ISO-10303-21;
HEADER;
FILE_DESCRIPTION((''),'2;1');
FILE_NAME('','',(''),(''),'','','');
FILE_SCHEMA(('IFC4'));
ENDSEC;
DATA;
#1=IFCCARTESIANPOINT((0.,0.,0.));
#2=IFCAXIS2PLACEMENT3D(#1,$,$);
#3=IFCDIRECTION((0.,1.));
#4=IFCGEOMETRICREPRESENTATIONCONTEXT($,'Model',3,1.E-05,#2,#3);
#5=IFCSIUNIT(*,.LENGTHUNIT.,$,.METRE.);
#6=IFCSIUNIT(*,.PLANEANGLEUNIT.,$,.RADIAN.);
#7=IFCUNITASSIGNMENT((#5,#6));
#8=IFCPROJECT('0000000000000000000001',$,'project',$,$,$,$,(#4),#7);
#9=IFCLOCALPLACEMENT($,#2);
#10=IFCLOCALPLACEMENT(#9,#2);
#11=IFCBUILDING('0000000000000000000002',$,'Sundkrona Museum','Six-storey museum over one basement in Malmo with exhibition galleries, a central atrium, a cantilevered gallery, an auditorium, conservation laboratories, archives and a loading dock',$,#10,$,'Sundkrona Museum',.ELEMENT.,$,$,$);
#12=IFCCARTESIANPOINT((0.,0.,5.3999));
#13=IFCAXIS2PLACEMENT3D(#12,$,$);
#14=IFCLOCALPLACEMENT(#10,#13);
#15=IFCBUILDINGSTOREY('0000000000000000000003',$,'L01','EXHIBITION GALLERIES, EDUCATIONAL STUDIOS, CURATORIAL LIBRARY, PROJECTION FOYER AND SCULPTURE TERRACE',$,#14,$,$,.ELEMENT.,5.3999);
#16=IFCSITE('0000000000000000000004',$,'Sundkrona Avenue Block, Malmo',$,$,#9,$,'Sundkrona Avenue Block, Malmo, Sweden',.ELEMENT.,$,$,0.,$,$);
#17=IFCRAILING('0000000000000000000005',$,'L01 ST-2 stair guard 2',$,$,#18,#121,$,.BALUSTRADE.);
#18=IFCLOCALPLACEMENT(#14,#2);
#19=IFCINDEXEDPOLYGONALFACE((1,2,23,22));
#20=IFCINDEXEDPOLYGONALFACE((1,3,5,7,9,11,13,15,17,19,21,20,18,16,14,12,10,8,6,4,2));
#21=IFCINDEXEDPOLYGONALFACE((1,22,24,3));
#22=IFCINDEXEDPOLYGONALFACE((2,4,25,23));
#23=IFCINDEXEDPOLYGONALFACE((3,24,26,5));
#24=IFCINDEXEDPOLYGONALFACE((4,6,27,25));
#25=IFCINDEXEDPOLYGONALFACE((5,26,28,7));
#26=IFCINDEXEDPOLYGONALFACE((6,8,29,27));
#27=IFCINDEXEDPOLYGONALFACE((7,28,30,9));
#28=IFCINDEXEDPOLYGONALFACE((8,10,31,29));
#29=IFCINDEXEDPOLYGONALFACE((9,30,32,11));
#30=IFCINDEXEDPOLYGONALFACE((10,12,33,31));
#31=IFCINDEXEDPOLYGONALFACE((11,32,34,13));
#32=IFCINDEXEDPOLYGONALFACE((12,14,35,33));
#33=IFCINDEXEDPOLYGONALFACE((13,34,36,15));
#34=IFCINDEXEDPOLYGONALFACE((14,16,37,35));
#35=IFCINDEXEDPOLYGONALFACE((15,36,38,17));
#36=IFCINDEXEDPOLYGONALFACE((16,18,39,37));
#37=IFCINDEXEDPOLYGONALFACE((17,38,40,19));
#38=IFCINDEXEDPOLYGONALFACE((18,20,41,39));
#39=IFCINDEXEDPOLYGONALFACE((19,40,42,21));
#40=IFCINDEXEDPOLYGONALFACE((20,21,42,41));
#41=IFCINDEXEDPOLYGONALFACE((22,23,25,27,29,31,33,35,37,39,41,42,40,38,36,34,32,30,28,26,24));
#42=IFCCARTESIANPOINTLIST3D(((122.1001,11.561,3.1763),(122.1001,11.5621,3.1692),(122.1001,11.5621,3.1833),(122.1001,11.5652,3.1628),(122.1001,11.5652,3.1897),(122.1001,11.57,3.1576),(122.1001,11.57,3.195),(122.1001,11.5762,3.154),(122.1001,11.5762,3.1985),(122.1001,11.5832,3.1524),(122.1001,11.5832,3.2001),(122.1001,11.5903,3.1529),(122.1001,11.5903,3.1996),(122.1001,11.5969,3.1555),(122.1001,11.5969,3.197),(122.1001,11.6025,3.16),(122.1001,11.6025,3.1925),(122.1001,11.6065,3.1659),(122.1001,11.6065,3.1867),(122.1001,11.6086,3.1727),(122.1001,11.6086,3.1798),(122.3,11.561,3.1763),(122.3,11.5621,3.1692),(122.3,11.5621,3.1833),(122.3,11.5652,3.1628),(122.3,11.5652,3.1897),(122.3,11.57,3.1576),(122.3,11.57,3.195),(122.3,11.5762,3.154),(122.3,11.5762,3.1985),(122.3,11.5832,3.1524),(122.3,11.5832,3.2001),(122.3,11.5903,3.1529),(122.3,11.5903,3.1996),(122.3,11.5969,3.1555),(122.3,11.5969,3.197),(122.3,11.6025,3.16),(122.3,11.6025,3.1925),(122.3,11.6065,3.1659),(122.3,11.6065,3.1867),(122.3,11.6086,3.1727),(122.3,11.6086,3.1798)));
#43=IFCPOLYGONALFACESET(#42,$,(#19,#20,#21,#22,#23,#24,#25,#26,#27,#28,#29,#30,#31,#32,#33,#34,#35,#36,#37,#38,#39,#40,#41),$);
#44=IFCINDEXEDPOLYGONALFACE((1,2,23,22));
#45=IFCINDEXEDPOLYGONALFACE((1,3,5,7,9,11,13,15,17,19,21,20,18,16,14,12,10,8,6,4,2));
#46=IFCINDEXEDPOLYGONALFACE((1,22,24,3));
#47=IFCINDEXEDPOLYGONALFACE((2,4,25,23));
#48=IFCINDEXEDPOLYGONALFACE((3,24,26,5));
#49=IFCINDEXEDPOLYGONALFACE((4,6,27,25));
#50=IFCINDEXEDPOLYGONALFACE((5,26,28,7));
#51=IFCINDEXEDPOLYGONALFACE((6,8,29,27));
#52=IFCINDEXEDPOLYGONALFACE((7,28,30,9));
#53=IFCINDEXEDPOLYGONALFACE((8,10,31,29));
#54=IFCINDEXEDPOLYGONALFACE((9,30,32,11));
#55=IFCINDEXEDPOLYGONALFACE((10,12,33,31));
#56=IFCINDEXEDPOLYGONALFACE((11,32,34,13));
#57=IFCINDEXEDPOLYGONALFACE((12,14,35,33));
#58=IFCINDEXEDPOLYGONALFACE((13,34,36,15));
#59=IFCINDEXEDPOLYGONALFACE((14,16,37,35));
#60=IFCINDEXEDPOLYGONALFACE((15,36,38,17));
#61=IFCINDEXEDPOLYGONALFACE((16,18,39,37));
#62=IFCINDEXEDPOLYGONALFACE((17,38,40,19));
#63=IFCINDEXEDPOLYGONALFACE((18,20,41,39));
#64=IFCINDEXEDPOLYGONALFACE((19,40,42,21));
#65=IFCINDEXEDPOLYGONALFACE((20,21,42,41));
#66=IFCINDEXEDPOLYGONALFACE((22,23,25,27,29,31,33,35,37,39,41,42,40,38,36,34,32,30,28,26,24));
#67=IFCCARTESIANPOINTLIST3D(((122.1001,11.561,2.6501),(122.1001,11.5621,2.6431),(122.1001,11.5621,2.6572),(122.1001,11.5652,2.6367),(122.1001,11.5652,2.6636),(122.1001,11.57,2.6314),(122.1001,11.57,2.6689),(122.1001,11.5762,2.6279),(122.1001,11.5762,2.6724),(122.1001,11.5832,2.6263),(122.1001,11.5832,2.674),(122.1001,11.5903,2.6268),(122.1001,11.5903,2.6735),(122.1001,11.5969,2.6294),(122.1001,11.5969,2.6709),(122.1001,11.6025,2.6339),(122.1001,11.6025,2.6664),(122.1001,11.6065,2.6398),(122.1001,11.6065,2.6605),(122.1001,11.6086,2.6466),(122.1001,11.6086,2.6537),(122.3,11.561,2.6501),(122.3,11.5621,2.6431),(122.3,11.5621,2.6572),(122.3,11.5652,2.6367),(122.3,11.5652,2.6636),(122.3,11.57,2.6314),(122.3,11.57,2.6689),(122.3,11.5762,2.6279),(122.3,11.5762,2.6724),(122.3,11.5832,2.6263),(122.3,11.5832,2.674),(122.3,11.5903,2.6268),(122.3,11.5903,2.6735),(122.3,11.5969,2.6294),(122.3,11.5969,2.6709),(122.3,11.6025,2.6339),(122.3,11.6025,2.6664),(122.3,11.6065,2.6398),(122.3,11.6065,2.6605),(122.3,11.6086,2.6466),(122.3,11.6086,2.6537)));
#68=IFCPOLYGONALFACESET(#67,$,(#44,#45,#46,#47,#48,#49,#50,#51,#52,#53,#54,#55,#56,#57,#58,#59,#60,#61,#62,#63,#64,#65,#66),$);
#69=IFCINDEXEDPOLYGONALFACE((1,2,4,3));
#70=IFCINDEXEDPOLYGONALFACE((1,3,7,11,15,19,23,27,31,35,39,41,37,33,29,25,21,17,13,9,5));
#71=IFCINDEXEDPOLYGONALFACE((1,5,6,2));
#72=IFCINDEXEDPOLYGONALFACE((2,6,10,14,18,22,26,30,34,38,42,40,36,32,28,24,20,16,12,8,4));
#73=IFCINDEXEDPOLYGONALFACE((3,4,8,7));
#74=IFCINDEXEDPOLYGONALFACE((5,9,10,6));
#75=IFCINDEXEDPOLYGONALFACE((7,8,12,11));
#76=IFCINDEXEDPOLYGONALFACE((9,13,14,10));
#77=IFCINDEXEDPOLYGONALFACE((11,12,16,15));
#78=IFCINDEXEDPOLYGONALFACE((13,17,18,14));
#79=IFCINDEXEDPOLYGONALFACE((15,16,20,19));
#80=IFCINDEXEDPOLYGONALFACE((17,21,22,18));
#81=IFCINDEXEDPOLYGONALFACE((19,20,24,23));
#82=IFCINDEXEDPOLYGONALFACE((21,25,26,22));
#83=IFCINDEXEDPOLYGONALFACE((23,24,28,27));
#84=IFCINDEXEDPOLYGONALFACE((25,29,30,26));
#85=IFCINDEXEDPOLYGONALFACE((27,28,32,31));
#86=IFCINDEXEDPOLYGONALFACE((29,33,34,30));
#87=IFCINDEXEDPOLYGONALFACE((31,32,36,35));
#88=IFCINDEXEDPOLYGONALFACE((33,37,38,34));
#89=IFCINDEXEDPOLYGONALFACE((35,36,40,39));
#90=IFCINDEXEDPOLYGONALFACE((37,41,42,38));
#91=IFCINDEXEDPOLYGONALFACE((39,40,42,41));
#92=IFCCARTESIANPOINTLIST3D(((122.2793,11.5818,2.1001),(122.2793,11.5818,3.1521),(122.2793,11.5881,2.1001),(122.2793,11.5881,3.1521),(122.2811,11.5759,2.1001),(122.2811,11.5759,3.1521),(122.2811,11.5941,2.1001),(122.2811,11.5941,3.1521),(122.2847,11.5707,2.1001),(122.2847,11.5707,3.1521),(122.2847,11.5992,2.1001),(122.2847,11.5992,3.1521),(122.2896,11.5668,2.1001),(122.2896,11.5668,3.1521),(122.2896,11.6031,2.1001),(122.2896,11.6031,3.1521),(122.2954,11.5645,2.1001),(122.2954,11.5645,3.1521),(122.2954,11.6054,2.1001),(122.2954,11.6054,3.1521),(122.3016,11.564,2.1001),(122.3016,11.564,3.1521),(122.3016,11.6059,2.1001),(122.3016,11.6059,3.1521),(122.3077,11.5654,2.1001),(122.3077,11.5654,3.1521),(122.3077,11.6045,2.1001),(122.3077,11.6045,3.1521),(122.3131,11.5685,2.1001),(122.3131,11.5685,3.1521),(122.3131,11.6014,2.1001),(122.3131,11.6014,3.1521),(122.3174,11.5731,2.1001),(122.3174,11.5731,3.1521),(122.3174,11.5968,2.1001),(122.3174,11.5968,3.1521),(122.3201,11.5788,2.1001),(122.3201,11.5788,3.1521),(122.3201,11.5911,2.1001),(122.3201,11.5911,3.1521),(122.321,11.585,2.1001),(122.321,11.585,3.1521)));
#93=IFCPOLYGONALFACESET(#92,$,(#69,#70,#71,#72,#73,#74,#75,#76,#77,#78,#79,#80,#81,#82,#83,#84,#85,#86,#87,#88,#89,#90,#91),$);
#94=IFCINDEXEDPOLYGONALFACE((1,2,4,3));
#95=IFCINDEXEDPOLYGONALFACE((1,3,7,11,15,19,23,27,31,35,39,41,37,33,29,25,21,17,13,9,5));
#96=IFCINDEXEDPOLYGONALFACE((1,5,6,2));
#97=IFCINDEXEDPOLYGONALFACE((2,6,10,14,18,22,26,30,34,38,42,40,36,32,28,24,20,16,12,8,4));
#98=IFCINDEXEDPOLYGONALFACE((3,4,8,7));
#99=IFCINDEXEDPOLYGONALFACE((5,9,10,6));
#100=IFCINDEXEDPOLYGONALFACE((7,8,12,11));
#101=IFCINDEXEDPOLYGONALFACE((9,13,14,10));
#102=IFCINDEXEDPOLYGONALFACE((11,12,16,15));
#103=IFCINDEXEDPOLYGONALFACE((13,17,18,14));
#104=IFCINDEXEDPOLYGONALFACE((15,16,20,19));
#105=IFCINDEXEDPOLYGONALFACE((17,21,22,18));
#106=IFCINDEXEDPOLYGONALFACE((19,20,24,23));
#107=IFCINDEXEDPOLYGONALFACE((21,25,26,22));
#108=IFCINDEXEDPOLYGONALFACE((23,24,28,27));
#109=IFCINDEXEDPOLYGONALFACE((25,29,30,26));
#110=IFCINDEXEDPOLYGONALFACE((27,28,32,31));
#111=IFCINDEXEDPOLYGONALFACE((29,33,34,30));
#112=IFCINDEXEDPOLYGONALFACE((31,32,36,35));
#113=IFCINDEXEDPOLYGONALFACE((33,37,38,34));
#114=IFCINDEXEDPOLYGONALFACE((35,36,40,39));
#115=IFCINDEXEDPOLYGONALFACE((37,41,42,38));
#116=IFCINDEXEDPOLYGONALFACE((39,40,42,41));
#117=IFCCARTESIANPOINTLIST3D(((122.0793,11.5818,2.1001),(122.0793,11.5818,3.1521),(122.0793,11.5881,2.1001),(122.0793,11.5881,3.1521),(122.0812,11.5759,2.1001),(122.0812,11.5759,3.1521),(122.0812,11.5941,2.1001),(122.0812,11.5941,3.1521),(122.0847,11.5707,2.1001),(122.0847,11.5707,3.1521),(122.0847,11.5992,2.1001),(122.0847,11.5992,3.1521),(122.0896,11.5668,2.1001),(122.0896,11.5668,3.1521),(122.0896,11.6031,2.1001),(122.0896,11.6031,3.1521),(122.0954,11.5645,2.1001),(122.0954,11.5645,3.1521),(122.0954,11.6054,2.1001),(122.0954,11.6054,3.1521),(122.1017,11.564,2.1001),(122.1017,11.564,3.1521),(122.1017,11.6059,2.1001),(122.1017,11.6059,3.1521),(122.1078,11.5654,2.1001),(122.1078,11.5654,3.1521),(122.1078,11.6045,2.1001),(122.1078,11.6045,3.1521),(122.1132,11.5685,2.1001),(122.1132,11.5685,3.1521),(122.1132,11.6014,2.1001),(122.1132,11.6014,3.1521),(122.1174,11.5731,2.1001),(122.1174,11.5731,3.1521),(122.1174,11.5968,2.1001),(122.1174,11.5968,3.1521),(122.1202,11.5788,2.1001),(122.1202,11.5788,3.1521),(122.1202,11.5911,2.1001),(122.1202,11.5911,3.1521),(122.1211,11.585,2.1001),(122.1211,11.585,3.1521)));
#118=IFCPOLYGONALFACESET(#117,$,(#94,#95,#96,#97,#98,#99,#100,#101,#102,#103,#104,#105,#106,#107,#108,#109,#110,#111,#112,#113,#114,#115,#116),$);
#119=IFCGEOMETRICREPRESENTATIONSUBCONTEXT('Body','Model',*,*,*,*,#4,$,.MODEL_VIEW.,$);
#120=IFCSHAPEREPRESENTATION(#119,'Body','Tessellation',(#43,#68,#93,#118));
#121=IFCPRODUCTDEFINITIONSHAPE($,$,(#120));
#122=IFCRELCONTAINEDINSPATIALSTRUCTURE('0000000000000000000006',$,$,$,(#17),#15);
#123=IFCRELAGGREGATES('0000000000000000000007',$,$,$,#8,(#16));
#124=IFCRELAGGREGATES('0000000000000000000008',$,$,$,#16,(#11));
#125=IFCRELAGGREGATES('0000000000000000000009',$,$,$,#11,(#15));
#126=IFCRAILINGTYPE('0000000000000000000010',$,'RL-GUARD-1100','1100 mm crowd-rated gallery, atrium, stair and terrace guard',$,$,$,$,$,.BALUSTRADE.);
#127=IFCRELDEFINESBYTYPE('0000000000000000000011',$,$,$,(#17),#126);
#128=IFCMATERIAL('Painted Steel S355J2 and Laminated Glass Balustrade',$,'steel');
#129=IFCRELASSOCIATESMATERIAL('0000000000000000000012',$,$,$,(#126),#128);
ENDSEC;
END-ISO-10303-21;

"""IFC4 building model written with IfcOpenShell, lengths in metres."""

from ifc_helpers import new_model, si_unit, direction, frame, origin, origin_2d, place, context, subcontext, project, spatial, circle, extrude, material, type_object, element, save


model = new_model("IFC4")

# Units and contexts
model_context = context("Model", 3, precision=1e-05, world=origin(), true_north=direction((0.0, 1.0)))
body_context = subcontext(model_context, "Body", "Model", "MODEL_VIEW")
ifc_project = project(units=[si_unit("LENGTHUNIT", "METRE"), si_unit("PLANEANGLEUNIT", "RADIAN")], contexts=[model_context])

# Site, building, storey
site_placement = place(None, origin())
site = spatial("IfcSite", under=ifc_project, at=site_placement, Name="Sundkrona Avenue Block, Malmo", LongName="Sundkrona Avenue Block, Malmo, Sweden", CompositionType="ELEMENT", RefElevation=0.0)
building_placement = place(site_placement, origin())
building = spatial("IfcBuilding", under=site, at=building_placement, Name="Sundkrona Museum", Description="Six-storey museum over one basement in Malmo with exhibition galleries, a central atrium, a cantilevered gallery, an auditorium, conservation laboratories, archives and a loading dock", LongName="Sundkrona Museum", CompositionType="ELEMENT")
storey_placement = place(building_placement, frame((0.0, 0.0, 5.3999)))
storey = spatial("IfcBuildingStorey", under=building, at=storey_placement, Name="L01", Description="EXHIBITION GALLERIES, EDUCATIONAL STUDIOS, CURATORIAL LIBRARY, PROJECTION FOYER AND SCULPTURE TERRACE", CompositionType="ELEMENT", Elevation=5.3999)

# Railing
ifc_material_1 = material(Name="Painted Steel S355J2 and Laminated Glass Balustrade", Category="steel")
railing_type_1 = type_object("IfcRailingType", Name="RL-GUARD-1100", Description="1100 mm crowd-rated gallery, atrium, stair and terrace guard", PredefinedType="BALUSTRADE", material=ifc_material_1)
railing_1_placement = place(storey_placement, frame((122.3, 11.585, 2.1001)))
element("IfcRailing", 1, at=railing_1_placement, inside=storey, type_object=railing_type_1, Name="L01 ST-2 stair guard 2", PredefinedType="BALUSTRADE", context=body_context, shape_type="SweptSolid", body=[
    extrude(circle(Radius=0.0239, at=origin_2d()), frame((0.0, 0.0, 1.0762), z_axis=(-1.0, 0.0, 0.0), x_axis=(0.0, -1.0, 0.0)), (0.0, 0.0, 1.0), 0.2),
    extrude(circle(Radius=0.0239, at=origin_2d()), frame((0.0, 0.0, 0.55), z_axis=(-1.0, 0.0, 0.0), x_axis=(0.0, -1.0, 0.0)), (0.0, 0.0, 1.0), 0.2),
    extrude(circle(Radius=0.021, at=origin_2d()), origin(), (0.0, 0.0, 1.0), 1.052),
    extrude(circle(Radius=0.021, at=origin_2d()), frame((-0.2, 0.0, 0.0)), (0.0, 0.0, 1.0), 1.052),
])

save(model, "model.ifc")
